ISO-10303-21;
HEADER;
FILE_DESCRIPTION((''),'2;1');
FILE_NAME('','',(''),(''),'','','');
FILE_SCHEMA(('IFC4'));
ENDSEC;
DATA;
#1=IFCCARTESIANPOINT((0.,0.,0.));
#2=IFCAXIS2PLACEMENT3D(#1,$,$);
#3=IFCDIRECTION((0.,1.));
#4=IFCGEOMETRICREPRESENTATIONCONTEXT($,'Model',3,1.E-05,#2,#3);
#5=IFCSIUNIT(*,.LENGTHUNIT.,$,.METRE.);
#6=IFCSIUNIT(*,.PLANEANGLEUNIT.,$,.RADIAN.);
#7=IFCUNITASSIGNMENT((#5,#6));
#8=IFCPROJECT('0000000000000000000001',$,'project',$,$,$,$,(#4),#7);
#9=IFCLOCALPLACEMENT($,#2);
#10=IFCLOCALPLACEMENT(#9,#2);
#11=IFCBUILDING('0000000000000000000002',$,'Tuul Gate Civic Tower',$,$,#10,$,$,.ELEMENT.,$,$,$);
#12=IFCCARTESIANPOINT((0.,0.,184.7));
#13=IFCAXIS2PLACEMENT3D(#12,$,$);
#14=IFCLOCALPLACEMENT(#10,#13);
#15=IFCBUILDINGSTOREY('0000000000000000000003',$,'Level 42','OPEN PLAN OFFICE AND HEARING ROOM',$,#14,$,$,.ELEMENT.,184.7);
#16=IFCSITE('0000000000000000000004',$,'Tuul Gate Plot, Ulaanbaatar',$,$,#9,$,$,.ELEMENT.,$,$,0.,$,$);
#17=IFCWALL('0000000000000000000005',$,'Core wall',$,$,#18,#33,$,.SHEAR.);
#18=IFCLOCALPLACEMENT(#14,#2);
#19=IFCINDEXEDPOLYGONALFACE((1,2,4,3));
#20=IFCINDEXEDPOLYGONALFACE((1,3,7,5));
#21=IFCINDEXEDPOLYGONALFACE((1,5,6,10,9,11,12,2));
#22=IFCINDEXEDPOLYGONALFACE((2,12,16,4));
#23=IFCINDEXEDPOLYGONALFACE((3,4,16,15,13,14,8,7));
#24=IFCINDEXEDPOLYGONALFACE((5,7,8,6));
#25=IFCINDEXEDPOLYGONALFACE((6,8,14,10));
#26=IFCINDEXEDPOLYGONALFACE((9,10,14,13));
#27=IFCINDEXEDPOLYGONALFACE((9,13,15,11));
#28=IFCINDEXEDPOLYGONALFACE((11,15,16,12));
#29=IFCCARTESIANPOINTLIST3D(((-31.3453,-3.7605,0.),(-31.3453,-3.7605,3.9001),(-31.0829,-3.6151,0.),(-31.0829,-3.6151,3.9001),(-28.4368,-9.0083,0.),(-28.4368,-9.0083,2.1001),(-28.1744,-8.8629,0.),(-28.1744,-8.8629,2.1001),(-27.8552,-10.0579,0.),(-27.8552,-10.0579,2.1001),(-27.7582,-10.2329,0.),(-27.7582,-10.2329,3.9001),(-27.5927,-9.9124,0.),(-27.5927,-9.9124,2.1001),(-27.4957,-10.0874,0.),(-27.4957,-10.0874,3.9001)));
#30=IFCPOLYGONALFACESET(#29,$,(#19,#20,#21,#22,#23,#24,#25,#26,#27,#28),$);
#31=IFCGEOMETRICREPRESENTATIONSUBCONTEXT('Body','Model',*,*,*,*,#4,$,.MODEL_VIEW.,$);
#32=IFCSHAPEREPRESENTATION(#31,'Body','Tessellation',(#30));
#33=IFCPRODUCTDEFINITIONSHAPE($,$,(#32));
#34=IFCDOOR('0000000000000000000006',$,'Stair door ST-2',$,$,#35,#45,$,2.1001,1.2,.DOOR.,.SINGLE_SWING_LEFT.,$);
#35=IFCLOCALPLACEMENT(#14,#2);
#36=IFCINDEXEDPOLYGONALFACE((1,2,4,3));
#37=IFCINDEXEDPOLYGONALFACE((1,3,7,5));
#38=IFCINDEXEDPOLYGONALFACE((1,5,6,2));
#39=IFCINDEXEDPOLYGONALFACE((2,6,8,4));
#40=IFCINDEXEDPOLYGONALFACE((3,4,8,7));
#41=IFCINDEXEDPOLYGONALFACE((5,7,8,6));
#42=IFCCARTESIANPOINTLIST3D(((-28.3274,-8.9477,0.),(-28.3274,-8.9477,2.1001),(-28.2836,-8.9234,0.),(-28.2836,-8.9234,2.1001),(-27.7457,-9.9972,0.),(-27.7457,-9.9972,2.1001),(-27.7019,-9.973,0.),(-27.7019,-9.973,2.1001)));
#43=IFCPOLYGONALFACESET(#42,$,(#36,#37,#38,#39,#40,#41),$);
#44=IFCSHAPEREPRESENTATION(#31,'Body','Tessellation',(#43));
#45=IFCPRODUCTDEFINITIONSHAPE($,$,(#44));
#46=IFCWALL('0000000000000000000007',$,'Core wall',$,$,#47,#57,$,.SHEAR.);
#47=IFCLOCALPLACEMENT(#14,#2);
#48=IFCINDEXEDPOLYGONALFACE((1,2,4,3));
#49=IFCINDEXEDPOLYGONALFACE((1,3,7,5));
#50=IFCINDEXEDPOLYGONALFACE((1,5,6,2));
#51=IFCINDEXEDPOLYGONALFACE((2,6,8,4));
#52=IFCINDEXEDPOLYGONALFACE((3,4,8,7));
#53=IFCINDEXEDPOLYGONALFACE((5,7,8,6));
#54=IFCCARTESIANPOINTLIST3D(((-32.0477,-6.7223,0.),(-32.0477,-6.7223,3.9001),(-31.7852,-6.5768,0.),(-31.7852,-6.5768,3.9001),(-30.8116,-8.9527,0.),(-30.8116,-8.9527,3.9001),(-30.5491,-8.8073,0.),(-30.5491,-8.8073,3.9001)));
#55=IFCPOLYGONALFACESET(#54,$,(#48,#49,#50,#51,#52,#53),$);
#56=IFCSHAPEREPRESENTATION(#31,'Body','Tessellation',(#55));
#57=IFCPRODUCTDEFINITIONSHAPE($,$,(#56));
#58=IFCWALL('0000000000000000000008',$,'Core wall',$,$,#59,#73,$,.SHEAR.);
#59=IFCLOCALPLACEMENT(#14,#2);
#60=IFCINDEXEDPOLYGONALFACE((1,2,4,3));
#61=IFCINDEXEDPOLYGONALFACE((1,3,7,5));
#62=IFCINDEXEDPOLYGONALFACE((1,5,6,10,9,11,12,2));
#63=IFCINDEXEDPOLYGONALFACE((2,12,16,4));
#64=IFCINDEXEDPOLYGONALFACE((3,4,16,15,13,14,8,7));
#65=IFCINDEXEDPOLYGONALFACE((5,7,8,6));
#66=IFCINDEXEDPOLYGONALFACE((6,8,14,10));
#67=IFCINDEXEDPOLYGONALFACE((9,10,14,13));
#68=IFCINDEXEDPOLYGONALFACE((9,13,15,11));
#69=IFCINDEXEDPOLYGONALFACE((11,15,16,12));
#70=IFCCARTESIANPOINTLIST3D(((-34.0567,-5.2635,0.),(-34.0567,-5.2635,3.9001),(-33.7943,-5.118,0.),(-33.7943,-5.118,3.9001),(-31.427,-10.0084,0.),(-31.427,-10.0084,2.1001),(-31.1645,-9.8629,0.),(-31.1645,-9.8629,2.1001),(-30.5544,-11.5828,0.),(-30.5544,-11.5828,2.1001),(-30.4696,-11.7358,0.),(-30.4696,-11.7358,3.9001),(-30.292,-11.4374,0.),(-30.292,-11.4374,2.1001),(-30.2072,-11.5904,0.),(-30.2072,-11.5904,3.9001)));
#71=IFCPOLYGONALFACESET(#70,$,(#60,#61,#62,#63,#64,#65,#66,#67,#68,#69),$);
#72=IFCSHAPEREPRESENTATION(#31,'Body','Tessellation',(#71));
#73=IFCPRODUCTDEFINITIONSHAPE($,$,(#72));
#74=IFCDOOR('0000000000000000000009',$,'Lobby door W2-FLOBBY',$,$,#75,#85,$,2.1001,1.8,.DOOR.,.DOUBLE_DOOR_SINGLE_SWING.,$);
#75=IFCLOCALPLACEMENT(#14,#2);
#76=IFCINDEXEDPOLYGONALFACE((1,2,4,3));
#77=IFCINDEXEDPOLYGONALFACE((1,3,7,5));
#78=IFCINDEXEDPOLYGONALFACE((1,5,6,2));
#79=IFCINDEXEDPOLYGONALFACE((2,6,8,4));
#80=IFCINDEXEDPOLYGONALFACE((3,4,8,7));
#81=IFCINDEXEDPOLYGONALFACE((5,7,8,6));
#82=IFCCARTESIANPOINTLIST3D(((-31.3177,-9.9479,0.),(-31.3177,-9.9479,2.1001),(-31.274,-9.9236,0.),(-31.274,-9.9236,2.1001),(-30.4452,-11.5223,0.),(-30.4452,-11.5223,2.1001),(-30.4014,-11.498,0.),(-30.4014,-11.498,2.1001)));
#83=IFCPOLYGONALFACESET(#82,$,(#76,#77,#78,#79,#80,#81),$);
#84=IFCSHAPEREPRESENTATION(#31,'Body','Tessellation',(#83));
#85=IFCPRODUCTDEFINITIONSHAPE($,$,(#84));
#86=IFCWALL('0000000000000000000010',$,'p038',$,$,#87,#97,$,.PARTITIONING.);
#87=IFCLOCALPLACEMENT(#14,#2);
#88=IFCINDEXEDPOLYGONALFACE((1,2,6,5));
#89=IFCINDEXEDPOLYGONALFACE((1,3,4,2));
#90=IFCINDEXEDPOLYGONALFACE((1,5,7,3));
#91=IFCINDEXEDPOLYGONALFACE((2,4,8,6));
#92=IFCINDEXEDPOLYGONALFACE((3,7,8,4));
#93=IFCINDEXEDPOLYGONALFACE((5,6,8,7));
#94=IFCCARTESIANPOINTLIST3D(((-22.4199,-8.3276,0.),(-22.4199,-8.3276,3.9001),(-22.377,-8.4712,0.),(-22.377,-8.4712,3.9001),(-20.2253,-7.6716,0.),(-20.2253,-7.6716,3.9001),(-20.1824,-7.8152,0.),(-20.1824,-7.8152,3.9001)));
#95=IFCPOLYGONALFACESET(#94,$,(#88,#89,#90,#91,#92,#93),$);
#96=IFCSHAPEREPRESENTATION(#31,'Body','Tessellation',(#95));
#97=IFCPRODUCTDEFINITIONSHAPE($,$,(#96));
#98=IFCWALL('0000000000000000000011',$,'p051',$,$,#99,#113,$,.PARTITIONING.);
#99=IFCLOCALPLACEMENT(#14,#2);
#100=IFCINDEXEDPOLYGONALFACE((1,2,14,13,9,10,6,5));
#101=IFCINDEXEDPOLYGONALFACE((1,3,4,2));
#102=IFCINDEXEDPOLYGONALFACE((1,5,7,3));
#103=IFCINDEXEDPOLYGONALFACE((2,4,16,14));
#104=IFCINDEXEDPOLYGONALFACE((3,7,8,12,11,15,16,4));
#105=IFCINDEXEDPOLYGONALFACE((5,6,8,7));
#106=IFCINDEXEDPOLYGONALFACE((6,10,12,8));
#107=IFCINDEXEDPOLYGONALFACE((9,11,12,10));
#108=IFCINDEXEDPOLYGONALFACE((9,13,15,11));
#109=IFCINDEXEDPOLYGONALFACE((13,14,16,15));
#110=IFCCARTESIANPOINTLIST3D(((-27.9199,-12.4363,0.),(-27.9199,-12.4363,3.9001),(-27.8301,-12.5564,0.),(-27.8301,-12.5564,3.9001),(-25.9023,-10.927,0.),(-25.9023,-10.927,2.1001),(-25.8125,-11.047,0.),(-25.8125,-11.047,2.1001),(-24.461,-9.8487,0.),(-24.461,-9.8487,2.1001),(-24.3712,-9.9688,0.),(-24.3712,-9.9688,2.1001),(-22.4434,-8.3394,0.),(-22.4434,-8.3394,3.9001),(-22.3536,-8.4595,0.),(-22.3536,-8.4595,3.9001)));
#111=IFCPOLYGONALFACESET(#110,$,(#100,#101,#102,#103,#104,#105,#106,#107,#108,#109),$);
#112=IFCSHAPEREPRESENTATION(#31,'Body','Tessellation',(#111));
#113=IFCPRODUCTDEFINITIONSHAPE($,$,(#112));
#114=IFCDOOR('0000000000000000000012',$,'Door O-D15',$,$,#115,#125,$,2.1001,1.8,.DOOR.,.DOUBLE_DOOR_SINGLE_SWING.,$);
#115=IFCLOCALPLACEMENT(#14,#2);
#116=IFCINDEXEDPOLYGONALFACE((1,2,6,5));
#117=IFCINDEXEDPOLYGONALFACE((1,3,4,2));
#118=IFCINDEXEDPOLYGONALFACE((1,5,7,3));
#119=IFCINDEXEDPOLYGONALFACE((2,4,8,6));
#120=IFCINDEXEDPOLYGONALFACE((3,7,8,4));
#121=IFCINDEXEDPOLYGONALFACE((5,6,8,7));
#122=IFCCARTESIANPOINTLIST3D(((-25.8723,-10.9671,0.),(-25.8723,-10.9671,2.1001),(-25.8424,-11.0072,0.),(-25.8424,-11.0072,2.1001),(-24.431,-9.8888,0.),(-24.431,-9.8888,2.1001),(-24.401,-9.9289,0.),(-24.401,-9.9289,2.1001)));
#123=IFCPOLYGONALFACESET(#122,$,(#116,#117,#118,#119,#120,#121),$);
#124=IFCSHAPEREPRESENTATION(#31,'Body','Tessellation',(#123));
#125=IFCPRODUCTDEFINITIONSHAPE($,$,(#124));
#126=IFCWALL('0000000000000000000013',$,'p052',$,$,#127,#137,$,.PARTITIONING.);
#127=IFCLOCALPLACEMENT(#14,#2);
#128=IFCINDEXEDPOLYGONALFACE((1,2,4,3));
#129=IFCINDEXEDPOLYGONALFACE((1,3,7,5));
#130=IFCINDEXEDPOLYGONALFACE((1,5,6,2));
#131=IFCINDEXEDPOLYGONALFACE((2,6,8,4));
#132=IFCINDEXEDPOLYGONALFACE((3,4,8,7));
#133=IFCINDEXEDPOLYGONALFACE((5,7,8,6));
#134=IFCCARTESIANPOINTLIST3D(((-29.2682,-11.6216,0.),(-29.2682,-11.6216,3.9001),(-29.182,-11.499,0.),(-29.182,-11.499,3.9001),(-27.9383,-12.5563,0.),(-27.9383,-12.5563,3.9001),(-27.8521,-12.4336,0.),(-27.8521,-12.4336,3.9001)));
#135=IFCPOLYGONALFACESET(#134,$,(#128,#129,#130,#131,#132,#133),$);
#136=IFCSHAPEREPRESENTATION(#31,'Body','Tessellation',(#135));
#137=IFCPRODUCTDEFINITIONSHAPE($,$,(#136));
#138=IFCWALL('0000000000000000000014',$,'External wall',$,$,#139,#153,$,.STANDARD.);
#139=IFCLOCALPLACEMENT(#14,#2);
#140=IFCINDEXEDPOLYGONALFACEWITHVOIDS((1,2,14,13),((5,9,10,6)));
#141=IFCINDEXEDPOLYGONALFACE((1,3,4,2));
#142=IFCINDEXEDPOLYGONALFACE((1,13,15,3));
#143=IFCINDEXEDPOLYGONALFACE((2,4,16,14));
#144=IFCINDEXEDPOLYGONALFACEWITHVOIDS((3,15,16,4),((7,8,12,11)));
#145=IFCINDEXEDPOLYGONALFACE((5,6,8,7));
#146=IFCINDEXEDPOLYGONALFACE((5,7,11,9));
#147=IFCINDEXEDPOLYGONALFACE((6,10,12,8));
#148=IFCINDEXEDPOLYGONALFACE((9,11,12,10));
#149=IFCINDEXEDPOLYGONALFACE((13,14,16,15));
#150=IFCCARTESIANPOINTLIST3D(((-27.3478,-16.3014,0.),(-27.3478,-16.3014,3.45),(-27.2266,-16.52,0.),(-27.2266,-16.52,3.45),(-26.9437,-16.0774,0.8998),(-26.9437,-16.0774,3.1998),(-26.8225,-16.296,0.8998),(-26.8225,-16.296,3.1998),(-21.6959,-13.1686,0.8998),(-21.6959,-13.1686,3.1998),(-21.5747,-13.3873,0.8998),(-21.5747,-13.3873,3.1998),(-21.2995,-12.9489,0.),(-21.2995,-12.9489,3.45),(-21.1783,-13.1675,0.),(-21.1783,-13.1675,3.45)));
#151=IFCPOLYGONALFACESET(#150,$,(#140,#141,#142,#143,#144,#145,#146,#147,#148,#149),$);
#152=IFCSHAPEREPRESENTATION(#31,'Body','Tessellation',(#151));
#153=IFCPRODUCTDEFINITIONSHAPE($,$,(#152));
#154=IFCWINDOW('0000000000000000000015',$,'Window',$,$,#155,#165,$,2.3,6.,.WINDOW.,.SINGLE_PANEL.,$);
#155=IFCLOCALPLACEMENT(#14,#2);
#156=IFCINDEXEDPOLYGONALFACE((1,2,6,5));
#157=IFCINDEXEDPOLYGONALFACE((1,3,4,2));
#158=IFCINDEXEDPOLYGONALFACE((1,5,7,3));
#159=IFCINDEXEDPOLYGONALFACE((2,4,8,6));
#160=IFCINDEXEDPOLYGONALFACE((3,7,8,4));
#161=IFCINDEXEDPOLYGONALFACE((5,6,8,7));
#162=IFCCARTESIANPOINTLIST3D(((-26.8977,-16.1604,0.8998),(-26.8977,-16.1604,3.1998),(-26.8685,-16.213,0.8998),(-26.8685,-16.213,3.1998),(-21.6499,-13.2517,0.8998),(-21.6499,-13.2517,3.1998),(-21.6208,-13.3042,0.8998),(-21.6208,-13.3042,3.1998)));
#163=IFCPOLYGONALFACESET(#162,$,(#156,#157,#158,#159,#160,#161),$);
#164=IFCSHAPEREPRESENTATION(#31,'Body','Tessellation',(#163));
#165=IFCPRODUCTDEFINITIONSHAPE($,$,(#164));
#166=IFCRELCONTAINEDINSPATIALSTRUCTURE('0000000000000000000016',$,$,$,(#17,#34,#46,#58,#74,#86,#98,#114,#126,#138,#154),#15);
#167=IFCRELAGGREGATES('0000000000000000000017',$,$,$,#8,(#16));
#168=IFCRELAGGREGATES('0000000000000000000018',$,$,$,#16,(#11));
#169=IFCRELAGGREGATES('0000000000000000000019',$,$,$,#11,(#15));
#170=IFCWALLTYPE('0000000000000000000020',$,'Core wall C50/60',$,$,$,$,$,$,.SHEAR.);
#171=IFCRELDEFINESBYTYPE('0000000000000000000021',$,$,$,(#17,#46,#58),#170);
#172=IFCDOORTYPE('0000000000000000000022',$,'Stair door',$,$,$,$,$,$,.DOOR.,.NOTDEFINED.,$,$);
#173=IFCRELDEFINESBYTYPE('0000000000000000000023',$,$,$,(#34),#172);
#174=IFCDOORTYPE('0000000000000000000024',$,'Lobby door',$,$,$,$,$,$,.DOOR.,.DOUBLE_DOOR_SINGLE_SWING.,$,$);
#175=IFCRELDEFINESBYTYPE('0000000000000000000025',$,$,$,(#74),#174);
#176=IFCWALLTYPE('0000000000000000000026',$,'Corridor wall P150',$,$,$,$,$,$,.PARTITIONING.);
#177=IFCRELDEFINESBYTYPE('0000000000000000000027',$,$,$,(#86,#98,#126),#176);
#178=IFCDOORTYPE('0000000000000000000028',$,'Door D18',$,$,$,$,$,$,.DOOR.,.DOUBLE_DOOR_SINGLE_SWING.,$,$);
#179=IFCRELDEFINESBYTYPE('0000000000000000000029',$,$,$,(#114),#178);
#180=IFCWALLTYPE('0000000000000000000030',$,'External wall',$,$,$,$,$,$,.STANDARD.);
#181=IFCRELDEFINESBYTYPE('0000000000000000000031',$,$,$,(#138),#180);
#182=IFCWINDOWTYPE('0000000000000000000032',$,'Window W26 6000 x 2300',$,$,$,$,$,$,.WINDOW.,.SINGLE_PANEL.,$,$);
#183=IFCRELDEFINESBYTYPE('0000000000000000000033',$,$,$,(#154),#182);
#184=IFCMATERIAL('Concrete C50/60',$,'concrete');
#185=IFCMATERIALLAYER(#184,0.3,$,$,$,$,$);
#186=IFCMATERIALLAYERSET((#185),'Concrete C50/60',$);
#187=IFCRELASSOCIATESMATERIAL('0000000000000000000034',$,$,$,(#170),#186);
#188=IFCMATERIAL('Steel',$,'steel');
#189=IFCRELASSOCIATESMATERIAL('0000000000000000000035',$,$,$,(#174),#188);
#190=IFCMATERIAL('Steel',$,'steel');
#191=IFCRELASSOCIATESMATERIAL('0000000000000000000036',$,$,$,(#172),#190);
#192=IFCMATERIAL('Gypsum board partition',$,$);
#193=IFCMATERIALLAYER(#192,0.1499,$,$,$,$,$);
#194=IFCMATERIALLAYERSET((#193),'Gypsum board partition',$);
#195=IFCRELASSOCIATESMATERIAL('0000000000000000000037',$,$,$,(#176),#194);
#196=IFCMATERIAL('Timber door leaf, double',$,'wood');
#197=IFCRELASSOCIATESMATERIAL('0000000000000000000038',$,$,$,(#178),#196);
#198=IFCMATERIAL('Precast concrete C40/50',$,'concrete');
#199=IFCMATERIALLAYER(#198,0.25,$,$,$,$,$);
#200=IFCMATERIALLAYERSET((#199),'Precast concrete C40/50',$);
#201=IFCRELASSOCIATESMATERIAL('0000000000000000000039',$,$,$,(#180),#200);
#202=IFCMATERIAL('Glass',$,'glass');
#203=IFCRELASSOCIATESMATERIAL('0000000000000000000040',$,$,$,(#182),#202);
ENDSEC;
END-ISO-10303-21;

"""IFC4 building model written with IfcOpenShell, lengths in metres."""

from ifc_helpers import new_model, si_unit, direction, frame, frame_2d, origin, place, context, subcontext, project, spatial, rectangle, extrude, material, layer, layer_set, type_object, element, fill, save


model = new_model("IFC4")

# Units and contexts
model_context = context("Model", 3, precision=1e-05, world=origin(), true_north=direction((0.0, 1.0)))
body_context = subcontext(model_context, "Body", "Model", "MODEL_VIEW")
ifc_project = project(units=[si_unit("LENGTHUNIT", "METRE"), si_unit("PLANEANGLEUNIT", "RADIAN")], contexts=[model_context])

# Site, building, storey
site_placement = place(None, origin())
site = spatial("IfcSite", under=ifc_project, at=site_placement, Name="Tuul Gate Plot, Ulaanbaatar", CompositionType="ELEMENT", RefElevation=0.0)
building_placement = place(site_placement, origin())
building = spatial("IfcBuilding", under=site, at=building_placement, Name="Tuul Gate Civic Tower", CompositionType="ELEMENT")
storey_placement = place(building_placement, frame((0.0, 0.0, 184.7)))
storey = spatial("IfcBuildingStorey", under=building, at=storey_placement, Name="Level 42", Description="OPEN PLAN OFFICE AND HEARING ROOM", CompositionType="ELEMENT", Elevation=184.7)

# Shared definitions
ifc_material_1 = material(Name="Concrete C50/60", Category="concrete")
ifc_layer_1 = layer(ifc_material_1, 0.3)
ifc_layer_set_1 = layer_set([ifc_layer_1], Name="Concrete C50/60")
wall_type_1 = type_object("IfcWallType", Name="Core wall C50/60", PredefinedType="SHEAR", material=ifc_layer_set_1)
ifc_material_2 = material(Name="Steel", Category="steel")
door_type_1 = type_object("IfcDoorType", Name="Lobby door", OperationType="DOUBLE_DOOR_SINGLE_SWING", PredefinedType="DOOR", material=ifc_material_2)

# Wall, opening, door
wall_1_placement = place(storey_placement, frame((-27.627, -10.1602, 0.0), z_axis=(0.0, 0.0, 1.0), x_axis=(-0.484752, 0.874652, 0.0)))
wall_1 = element("IfcWall", 1, at=wall_1_placement, inside=storey, type_object=wall_type_1, Name="Core wall", PredefinedType="SHEAR", context=body_context, shape_type="SweptSolid", body=[
    extrude(rectangle(XDim=7.3999, YDim=0.3, at=frame_2d((3.7, 0.0))), origin(), (0.0, 0.0, 1.0), 3.9001),
])
opening_1_placement = place(wall_1_placement, frame((0.2, 0.0, 0.0)))
opening_1 = element("IfcOpeningElement", 2, at=opening_1_placement, cuts=wall_1, PredefinedType="OPENING", context=body_context, shape_type="SweptSolid", body=[
    extrude(rectangle(XDim=1.2, YDim=2.1001, at=frame_2d((0.6001, 1.05))), frame((0.0, 0.1602, 0.0), z_axis=(0.0, -1.0, 0.0), x_axis=(1.0, 0.0, 0.0)), (0.0, 0.0, 1.0), 0.3201),
])
ifc_material_3 = material(Name="Steel", Category="steel")
door_type_2 = type_object("IfcDoorType", Name="Stair door", OperationType="NOTDEFINED", PredefinedType="DOOR", material=ifc_material_3)
door_1_placement = place(opening_1_placement, origin())
door_1 = element("IfcDoor", 3, at=door_1_placement, inside=storey, type_object=door_type_2, Name="Stair door ST-2", OperationType="SINGLE_SWING_LEFT", OverallHeight=2.1001, OverallWidth=1.2, PredefinedType="DOOR", context=body_context, shape_type="SweptSolid", body=[
    extrude(rectangle(XDim=1.2, YDim=2.1001, at=frame_2d((0.6001, 1.05))), frame((0.0, 0.0249, 0.0), z_axis=(0.0, -1.0, 0.0), x_axis=(1.0, 0.0, 0.0)), (0.0, 0.0, 1.0), 0.05),
])
fill(opening_1, door_1)

# Wall
wall_2_placement = place(storey_placement, frame((-30.6804, -8.8799, 0.0), z_axis=(0.0, 0.0, 1.0), x_axis=(-0.484724, 0.874667, 0.0)))
element("IfcWall", 4, at=wall_2_placement, inside=storey, type_object=wall_type_1, Name="Core wall", PredefinedType="SHEAR", context=body_context, shape_type="SweptSolid", body=[
    extrude(rectangle(XDim=2.55, YDim=0.3, at=frame_2d((1.2749, 0.0))), origin(), (0.0, 0.0, 1.0), 3.9001),
])

# Wall, opening, door
wall_3_placement = place(storey_placement, frame((-30.3384, -11.6631, 0.0), z_axis=(0.0, 0.0, 1.0), x_axis=(-0.484752, 0.874652, 0.0)))
wall_3 = element("IfcWall", 5, at=wall_3_placement, inside=storey, type_object=wall_type_1, Name="Core wall", PredefinedType="SHEAR", context=body_context, shape_type="SweptSolid", body=[
    extrude(rectangle(XDim=7.3999, YDim=0.3, at=frame_2d((3.7, 0.0))), origin(), (0.0, 0.0, 1.0), 3.9001),
])
opening_2_placement = place(wall_3_placement, frame((0.175, 0.0, 0.0)))
opening_2 = element("IfcOpeningElement", 6, at=opening_2_placement, cuts=wall_3, PredefinedType="OPENING", context=body_context, shape_type="SweptSolid", body=[
    extrude(rectangle(XDim=1.8, YDim=2.1001, at=frame_2d((0.8999, 1.05))), frame((0.0, 0.1602, 0.0), z_axis=(0.0, -1.0, 0.0), x_axis=(1.0, 0.0, 0.0)), (0.0, 0.0, 1.0), 0.3201),
])
door_2_placement = place(opening_2_placement, frame((1.8, 0.0, 0.0), z_axis=(0.0, 0.0, 1.0), x_axis=(-1.0, 0.0, 0.0)))
door_2 = element("IfcDoor", 7, at=door_2_placement, inside=storey, type_object=door_type_1, Name="Lobby door W2-FLOBBY", OperationType="DOUBLE_DOOR_SINGLE_SWING", OverallHeight=2.1001, OverallWidth=1.8, PredefinedType="DOOR", context=body_context, shape_type="SweptSolid", body=[
    extrude(rectangle(XDim=1.8, YDim=2.1001, at=frame_2d((0.9001, 1.05))), frame((0.0, 0.0249, 0.0), z_axis=(0.0, -1.0, 0.0), x_axis=(1.0, 0.0, 0.0)), (0.0, 0.0, 1.0), 0.05),
])
fill(opening_2, door_2)

# Wall
ifc_material_4 = material(Name="Gypsum board partition")
ifc_layer_2 = layer(ifc_material_4, 0.1499)
ifc_layer_set_2 = layer_set([ifc_layer_2], Name="Gypsum board partition")
wall_type_2 = type_object("IfcWallType", Name="Corridor wall P150", PredefinedType="PARTITIONING", material=ifc_layer_set_2)
wall_4_placement = place(storey_placement, frame((-22.3984, -8.3994, 0.0), z_axis=(0.0, 0.0, 1.0), x_axis=(0.95811, 0.286399, 0.0)))
element("IfcWall", 8, at=wall_4_placement, inside=storey, type_object=wall_type_2, Name="p038", PredefinedType="PARTITIONING", context=body_context, shape_type="SweptSolid", body=[
    extrude(rectangle(XDim=2.2905, YDim=0.1499, at=frame_2d((1.1453, 0.0))), origin(), (0.0, 0.0, 1.0), 3.9001),
])

# Wall, opening, door
wall_5_placement = place(storey_placement, frame((-27.875, -12.4963, 0.0), z_axis=(0.0, 0.0, 1.0), x_axis=(0.800736, 0.599017, 0.0)))
wall_5 = element("IfcWall", 9, at=wall_5_placement, inside=storey, type_object=wall_type_2, Name="p051", PredefinedType="PARTITIONING", context=body_context, shape_type="SweptSolid", body=[
    extrude(rectangle(XDim=6.8394, YDim=0.1499, at=frame_2d((3.4197, 0.0))), origin(), (0.0, 0.0, 1.0), 3.9001),
])
opening_3_placement = place(wall_5_placement, frame((2.5198, 0.0, 0.0)))
opening_3 = element("IfcOpeningElement", 10, at=opening_3_placement, cuts=wall_5, PredefinedType="OPENING", context=body_context, shape_type="SweptSolid", body=[
    extrude(rectangle(XDim=1.8, YDim=2.1001, at=frame_2d((0.8999, 1.05))), frame((0.0, 0.085, 0.0), z_axis=(0.0, -1.0, 0.0), x_axis=(1.0, 0.0, 0.0)), (0.0, 0.0, 1.0), 0.1699),
])
ifc_material_5 = material(Name="Timber door leaf, double", Category="wood")
door_type_3 = type_object("IfcDoorType", Name="Door D18", OperationType="DOUBLE_DOOR_SINGLE_SWING", PredefinedType="DOOR", material=ifc_material_5)
door_3_placement = place(opening_3_placement, origin())
door_3 = element("IfcDoor", 11, at=door_3_placement, inside=storey, type_object=door_type_3, Name="Door O-D15", OperationType="DOUBLE_DOOR_SINGLE_SWING", OverallHeight=2.1001, OverallWidth=1.8, PredefinedType="DOOR", context=body_context, shape_type="SweptSolid", body=[
    extrude(rectangle(XDim=1.8, YDim=2.1001, at=frame_2d((0.8999, 1.05))), frame((0.0, 0.0249, 0.0), z_axis=(0.0, -1.0, 0.0), x_axis=(1.0, 0.0, 0.0)), (0.0, 0.0, 1.0), 0.05),
])
fill(opening_3, door_3)

# Wall
wall_6_placement = place(storey_placement, frame((-29.2251, -11.5603, 0.0), z_axis=(0.0, 0.0, 1.0), x_axis=(0.818165, -0.574984, 0.0)))
element("IfcWall", 12, at=wall_6_placement, inside=storey, type_object=wall_type_2, Name="p052", PredefinedType="PARTITIONING", context=body_context, shape_type="SweptSolid", body=[
    extrude(rectangle(XDim=1.6255, YDim=0.1499, at=frame_2d((0.8127, 0.0))), origin(), (0.0, 0.0, 1.0), 3.9001),
])

# Wall, opening, window
ifc_material_6 = material(Name="Precast concrete C40/50", Category="concrete")
ifc_layer_3 = layer(ifc_material_6, 0.25)
ifc_layer_set_3 = layer_set([ifc_layer_3], Name="Precast concrete C40/50")
wall_type_3 = type_object("IfcWallType", Name="External wall", PredefinedType="STANDARD", material=ifc_layer_set_3)
wall_7_placement = place(storey_placement, frame((-27.2871, -16.4106, 0.0), z_axis=(0.0, 0.0, 1.0), x_axis=(0.874626, 0.484797, 0.0)))
wall_7 = element("IfcWall", 13, at=wall_7_placement, inside=storey, type_object=wall_type_3, Name="External wall", PredefinedType="STANDARD", context=body_context, shape_type="SweptSolid", body=[
    extrude(rectangle(XDim=6.9153, YDim=0.25, at=frame_2d((3.4575, 0.0))), origin(), (0.0, 0.0, 1.0), 3.45),
])
opening_4_placement = place(wall_7_placement, frame((0.4619, 0.0, 0.8999)))
opening_4 = element("IfcOpeningElement", 14, at=opening_4_placement, cuts=wall_7, PredefinedType="OPENING", context=body_context, shape_type="SweptSolid", body=[
    extrude(rectangle(XDim=6.0, YDim=2.3, at=frame_2d((3.0, 1.1499))), frame((0.0, 0.135, 0.0), z_axis=(0.0, -1.0, 0.0), x_axis=(1.0, 0.0, 0.0)), (0.0, 0.0, 1.0), 0.27),
])
ifc_material_7 = material(Name="Glass", Category="glass")
window_type = type_object("IfcWindowType", Name="Window W26 6000 x 2300", PartitioningType="SINGLE_PANEL", PredefinedType="WINDOW", material=ifc_material_7)
window_placement = place(opening_4_placement, origin())
window = element("IfcWindow", 15, at=window_placement, inside=storey, type_object=window_type, Name="Window", OverallHeight=2.3, OverallWidth=6.0, PartitioningType="SINGLE_PANEL", PredefinedType="WINDOW", context=body_context, shape_type="SweptSolid", body=[
    extrude(rectangle(XDim=6.0, YDim=2.3, at=frame_2d((3.0, 1.1499))), frame((0.0, 0.03, 0.0), z_axis=(0.0, -1.0, 0.0), x_axis=(1.0, 0.0, 0.0)), (0.0, 0.0, 1.0), 0.0601),
])
fill(opening_4, window)

save(model, "model.ifc")
